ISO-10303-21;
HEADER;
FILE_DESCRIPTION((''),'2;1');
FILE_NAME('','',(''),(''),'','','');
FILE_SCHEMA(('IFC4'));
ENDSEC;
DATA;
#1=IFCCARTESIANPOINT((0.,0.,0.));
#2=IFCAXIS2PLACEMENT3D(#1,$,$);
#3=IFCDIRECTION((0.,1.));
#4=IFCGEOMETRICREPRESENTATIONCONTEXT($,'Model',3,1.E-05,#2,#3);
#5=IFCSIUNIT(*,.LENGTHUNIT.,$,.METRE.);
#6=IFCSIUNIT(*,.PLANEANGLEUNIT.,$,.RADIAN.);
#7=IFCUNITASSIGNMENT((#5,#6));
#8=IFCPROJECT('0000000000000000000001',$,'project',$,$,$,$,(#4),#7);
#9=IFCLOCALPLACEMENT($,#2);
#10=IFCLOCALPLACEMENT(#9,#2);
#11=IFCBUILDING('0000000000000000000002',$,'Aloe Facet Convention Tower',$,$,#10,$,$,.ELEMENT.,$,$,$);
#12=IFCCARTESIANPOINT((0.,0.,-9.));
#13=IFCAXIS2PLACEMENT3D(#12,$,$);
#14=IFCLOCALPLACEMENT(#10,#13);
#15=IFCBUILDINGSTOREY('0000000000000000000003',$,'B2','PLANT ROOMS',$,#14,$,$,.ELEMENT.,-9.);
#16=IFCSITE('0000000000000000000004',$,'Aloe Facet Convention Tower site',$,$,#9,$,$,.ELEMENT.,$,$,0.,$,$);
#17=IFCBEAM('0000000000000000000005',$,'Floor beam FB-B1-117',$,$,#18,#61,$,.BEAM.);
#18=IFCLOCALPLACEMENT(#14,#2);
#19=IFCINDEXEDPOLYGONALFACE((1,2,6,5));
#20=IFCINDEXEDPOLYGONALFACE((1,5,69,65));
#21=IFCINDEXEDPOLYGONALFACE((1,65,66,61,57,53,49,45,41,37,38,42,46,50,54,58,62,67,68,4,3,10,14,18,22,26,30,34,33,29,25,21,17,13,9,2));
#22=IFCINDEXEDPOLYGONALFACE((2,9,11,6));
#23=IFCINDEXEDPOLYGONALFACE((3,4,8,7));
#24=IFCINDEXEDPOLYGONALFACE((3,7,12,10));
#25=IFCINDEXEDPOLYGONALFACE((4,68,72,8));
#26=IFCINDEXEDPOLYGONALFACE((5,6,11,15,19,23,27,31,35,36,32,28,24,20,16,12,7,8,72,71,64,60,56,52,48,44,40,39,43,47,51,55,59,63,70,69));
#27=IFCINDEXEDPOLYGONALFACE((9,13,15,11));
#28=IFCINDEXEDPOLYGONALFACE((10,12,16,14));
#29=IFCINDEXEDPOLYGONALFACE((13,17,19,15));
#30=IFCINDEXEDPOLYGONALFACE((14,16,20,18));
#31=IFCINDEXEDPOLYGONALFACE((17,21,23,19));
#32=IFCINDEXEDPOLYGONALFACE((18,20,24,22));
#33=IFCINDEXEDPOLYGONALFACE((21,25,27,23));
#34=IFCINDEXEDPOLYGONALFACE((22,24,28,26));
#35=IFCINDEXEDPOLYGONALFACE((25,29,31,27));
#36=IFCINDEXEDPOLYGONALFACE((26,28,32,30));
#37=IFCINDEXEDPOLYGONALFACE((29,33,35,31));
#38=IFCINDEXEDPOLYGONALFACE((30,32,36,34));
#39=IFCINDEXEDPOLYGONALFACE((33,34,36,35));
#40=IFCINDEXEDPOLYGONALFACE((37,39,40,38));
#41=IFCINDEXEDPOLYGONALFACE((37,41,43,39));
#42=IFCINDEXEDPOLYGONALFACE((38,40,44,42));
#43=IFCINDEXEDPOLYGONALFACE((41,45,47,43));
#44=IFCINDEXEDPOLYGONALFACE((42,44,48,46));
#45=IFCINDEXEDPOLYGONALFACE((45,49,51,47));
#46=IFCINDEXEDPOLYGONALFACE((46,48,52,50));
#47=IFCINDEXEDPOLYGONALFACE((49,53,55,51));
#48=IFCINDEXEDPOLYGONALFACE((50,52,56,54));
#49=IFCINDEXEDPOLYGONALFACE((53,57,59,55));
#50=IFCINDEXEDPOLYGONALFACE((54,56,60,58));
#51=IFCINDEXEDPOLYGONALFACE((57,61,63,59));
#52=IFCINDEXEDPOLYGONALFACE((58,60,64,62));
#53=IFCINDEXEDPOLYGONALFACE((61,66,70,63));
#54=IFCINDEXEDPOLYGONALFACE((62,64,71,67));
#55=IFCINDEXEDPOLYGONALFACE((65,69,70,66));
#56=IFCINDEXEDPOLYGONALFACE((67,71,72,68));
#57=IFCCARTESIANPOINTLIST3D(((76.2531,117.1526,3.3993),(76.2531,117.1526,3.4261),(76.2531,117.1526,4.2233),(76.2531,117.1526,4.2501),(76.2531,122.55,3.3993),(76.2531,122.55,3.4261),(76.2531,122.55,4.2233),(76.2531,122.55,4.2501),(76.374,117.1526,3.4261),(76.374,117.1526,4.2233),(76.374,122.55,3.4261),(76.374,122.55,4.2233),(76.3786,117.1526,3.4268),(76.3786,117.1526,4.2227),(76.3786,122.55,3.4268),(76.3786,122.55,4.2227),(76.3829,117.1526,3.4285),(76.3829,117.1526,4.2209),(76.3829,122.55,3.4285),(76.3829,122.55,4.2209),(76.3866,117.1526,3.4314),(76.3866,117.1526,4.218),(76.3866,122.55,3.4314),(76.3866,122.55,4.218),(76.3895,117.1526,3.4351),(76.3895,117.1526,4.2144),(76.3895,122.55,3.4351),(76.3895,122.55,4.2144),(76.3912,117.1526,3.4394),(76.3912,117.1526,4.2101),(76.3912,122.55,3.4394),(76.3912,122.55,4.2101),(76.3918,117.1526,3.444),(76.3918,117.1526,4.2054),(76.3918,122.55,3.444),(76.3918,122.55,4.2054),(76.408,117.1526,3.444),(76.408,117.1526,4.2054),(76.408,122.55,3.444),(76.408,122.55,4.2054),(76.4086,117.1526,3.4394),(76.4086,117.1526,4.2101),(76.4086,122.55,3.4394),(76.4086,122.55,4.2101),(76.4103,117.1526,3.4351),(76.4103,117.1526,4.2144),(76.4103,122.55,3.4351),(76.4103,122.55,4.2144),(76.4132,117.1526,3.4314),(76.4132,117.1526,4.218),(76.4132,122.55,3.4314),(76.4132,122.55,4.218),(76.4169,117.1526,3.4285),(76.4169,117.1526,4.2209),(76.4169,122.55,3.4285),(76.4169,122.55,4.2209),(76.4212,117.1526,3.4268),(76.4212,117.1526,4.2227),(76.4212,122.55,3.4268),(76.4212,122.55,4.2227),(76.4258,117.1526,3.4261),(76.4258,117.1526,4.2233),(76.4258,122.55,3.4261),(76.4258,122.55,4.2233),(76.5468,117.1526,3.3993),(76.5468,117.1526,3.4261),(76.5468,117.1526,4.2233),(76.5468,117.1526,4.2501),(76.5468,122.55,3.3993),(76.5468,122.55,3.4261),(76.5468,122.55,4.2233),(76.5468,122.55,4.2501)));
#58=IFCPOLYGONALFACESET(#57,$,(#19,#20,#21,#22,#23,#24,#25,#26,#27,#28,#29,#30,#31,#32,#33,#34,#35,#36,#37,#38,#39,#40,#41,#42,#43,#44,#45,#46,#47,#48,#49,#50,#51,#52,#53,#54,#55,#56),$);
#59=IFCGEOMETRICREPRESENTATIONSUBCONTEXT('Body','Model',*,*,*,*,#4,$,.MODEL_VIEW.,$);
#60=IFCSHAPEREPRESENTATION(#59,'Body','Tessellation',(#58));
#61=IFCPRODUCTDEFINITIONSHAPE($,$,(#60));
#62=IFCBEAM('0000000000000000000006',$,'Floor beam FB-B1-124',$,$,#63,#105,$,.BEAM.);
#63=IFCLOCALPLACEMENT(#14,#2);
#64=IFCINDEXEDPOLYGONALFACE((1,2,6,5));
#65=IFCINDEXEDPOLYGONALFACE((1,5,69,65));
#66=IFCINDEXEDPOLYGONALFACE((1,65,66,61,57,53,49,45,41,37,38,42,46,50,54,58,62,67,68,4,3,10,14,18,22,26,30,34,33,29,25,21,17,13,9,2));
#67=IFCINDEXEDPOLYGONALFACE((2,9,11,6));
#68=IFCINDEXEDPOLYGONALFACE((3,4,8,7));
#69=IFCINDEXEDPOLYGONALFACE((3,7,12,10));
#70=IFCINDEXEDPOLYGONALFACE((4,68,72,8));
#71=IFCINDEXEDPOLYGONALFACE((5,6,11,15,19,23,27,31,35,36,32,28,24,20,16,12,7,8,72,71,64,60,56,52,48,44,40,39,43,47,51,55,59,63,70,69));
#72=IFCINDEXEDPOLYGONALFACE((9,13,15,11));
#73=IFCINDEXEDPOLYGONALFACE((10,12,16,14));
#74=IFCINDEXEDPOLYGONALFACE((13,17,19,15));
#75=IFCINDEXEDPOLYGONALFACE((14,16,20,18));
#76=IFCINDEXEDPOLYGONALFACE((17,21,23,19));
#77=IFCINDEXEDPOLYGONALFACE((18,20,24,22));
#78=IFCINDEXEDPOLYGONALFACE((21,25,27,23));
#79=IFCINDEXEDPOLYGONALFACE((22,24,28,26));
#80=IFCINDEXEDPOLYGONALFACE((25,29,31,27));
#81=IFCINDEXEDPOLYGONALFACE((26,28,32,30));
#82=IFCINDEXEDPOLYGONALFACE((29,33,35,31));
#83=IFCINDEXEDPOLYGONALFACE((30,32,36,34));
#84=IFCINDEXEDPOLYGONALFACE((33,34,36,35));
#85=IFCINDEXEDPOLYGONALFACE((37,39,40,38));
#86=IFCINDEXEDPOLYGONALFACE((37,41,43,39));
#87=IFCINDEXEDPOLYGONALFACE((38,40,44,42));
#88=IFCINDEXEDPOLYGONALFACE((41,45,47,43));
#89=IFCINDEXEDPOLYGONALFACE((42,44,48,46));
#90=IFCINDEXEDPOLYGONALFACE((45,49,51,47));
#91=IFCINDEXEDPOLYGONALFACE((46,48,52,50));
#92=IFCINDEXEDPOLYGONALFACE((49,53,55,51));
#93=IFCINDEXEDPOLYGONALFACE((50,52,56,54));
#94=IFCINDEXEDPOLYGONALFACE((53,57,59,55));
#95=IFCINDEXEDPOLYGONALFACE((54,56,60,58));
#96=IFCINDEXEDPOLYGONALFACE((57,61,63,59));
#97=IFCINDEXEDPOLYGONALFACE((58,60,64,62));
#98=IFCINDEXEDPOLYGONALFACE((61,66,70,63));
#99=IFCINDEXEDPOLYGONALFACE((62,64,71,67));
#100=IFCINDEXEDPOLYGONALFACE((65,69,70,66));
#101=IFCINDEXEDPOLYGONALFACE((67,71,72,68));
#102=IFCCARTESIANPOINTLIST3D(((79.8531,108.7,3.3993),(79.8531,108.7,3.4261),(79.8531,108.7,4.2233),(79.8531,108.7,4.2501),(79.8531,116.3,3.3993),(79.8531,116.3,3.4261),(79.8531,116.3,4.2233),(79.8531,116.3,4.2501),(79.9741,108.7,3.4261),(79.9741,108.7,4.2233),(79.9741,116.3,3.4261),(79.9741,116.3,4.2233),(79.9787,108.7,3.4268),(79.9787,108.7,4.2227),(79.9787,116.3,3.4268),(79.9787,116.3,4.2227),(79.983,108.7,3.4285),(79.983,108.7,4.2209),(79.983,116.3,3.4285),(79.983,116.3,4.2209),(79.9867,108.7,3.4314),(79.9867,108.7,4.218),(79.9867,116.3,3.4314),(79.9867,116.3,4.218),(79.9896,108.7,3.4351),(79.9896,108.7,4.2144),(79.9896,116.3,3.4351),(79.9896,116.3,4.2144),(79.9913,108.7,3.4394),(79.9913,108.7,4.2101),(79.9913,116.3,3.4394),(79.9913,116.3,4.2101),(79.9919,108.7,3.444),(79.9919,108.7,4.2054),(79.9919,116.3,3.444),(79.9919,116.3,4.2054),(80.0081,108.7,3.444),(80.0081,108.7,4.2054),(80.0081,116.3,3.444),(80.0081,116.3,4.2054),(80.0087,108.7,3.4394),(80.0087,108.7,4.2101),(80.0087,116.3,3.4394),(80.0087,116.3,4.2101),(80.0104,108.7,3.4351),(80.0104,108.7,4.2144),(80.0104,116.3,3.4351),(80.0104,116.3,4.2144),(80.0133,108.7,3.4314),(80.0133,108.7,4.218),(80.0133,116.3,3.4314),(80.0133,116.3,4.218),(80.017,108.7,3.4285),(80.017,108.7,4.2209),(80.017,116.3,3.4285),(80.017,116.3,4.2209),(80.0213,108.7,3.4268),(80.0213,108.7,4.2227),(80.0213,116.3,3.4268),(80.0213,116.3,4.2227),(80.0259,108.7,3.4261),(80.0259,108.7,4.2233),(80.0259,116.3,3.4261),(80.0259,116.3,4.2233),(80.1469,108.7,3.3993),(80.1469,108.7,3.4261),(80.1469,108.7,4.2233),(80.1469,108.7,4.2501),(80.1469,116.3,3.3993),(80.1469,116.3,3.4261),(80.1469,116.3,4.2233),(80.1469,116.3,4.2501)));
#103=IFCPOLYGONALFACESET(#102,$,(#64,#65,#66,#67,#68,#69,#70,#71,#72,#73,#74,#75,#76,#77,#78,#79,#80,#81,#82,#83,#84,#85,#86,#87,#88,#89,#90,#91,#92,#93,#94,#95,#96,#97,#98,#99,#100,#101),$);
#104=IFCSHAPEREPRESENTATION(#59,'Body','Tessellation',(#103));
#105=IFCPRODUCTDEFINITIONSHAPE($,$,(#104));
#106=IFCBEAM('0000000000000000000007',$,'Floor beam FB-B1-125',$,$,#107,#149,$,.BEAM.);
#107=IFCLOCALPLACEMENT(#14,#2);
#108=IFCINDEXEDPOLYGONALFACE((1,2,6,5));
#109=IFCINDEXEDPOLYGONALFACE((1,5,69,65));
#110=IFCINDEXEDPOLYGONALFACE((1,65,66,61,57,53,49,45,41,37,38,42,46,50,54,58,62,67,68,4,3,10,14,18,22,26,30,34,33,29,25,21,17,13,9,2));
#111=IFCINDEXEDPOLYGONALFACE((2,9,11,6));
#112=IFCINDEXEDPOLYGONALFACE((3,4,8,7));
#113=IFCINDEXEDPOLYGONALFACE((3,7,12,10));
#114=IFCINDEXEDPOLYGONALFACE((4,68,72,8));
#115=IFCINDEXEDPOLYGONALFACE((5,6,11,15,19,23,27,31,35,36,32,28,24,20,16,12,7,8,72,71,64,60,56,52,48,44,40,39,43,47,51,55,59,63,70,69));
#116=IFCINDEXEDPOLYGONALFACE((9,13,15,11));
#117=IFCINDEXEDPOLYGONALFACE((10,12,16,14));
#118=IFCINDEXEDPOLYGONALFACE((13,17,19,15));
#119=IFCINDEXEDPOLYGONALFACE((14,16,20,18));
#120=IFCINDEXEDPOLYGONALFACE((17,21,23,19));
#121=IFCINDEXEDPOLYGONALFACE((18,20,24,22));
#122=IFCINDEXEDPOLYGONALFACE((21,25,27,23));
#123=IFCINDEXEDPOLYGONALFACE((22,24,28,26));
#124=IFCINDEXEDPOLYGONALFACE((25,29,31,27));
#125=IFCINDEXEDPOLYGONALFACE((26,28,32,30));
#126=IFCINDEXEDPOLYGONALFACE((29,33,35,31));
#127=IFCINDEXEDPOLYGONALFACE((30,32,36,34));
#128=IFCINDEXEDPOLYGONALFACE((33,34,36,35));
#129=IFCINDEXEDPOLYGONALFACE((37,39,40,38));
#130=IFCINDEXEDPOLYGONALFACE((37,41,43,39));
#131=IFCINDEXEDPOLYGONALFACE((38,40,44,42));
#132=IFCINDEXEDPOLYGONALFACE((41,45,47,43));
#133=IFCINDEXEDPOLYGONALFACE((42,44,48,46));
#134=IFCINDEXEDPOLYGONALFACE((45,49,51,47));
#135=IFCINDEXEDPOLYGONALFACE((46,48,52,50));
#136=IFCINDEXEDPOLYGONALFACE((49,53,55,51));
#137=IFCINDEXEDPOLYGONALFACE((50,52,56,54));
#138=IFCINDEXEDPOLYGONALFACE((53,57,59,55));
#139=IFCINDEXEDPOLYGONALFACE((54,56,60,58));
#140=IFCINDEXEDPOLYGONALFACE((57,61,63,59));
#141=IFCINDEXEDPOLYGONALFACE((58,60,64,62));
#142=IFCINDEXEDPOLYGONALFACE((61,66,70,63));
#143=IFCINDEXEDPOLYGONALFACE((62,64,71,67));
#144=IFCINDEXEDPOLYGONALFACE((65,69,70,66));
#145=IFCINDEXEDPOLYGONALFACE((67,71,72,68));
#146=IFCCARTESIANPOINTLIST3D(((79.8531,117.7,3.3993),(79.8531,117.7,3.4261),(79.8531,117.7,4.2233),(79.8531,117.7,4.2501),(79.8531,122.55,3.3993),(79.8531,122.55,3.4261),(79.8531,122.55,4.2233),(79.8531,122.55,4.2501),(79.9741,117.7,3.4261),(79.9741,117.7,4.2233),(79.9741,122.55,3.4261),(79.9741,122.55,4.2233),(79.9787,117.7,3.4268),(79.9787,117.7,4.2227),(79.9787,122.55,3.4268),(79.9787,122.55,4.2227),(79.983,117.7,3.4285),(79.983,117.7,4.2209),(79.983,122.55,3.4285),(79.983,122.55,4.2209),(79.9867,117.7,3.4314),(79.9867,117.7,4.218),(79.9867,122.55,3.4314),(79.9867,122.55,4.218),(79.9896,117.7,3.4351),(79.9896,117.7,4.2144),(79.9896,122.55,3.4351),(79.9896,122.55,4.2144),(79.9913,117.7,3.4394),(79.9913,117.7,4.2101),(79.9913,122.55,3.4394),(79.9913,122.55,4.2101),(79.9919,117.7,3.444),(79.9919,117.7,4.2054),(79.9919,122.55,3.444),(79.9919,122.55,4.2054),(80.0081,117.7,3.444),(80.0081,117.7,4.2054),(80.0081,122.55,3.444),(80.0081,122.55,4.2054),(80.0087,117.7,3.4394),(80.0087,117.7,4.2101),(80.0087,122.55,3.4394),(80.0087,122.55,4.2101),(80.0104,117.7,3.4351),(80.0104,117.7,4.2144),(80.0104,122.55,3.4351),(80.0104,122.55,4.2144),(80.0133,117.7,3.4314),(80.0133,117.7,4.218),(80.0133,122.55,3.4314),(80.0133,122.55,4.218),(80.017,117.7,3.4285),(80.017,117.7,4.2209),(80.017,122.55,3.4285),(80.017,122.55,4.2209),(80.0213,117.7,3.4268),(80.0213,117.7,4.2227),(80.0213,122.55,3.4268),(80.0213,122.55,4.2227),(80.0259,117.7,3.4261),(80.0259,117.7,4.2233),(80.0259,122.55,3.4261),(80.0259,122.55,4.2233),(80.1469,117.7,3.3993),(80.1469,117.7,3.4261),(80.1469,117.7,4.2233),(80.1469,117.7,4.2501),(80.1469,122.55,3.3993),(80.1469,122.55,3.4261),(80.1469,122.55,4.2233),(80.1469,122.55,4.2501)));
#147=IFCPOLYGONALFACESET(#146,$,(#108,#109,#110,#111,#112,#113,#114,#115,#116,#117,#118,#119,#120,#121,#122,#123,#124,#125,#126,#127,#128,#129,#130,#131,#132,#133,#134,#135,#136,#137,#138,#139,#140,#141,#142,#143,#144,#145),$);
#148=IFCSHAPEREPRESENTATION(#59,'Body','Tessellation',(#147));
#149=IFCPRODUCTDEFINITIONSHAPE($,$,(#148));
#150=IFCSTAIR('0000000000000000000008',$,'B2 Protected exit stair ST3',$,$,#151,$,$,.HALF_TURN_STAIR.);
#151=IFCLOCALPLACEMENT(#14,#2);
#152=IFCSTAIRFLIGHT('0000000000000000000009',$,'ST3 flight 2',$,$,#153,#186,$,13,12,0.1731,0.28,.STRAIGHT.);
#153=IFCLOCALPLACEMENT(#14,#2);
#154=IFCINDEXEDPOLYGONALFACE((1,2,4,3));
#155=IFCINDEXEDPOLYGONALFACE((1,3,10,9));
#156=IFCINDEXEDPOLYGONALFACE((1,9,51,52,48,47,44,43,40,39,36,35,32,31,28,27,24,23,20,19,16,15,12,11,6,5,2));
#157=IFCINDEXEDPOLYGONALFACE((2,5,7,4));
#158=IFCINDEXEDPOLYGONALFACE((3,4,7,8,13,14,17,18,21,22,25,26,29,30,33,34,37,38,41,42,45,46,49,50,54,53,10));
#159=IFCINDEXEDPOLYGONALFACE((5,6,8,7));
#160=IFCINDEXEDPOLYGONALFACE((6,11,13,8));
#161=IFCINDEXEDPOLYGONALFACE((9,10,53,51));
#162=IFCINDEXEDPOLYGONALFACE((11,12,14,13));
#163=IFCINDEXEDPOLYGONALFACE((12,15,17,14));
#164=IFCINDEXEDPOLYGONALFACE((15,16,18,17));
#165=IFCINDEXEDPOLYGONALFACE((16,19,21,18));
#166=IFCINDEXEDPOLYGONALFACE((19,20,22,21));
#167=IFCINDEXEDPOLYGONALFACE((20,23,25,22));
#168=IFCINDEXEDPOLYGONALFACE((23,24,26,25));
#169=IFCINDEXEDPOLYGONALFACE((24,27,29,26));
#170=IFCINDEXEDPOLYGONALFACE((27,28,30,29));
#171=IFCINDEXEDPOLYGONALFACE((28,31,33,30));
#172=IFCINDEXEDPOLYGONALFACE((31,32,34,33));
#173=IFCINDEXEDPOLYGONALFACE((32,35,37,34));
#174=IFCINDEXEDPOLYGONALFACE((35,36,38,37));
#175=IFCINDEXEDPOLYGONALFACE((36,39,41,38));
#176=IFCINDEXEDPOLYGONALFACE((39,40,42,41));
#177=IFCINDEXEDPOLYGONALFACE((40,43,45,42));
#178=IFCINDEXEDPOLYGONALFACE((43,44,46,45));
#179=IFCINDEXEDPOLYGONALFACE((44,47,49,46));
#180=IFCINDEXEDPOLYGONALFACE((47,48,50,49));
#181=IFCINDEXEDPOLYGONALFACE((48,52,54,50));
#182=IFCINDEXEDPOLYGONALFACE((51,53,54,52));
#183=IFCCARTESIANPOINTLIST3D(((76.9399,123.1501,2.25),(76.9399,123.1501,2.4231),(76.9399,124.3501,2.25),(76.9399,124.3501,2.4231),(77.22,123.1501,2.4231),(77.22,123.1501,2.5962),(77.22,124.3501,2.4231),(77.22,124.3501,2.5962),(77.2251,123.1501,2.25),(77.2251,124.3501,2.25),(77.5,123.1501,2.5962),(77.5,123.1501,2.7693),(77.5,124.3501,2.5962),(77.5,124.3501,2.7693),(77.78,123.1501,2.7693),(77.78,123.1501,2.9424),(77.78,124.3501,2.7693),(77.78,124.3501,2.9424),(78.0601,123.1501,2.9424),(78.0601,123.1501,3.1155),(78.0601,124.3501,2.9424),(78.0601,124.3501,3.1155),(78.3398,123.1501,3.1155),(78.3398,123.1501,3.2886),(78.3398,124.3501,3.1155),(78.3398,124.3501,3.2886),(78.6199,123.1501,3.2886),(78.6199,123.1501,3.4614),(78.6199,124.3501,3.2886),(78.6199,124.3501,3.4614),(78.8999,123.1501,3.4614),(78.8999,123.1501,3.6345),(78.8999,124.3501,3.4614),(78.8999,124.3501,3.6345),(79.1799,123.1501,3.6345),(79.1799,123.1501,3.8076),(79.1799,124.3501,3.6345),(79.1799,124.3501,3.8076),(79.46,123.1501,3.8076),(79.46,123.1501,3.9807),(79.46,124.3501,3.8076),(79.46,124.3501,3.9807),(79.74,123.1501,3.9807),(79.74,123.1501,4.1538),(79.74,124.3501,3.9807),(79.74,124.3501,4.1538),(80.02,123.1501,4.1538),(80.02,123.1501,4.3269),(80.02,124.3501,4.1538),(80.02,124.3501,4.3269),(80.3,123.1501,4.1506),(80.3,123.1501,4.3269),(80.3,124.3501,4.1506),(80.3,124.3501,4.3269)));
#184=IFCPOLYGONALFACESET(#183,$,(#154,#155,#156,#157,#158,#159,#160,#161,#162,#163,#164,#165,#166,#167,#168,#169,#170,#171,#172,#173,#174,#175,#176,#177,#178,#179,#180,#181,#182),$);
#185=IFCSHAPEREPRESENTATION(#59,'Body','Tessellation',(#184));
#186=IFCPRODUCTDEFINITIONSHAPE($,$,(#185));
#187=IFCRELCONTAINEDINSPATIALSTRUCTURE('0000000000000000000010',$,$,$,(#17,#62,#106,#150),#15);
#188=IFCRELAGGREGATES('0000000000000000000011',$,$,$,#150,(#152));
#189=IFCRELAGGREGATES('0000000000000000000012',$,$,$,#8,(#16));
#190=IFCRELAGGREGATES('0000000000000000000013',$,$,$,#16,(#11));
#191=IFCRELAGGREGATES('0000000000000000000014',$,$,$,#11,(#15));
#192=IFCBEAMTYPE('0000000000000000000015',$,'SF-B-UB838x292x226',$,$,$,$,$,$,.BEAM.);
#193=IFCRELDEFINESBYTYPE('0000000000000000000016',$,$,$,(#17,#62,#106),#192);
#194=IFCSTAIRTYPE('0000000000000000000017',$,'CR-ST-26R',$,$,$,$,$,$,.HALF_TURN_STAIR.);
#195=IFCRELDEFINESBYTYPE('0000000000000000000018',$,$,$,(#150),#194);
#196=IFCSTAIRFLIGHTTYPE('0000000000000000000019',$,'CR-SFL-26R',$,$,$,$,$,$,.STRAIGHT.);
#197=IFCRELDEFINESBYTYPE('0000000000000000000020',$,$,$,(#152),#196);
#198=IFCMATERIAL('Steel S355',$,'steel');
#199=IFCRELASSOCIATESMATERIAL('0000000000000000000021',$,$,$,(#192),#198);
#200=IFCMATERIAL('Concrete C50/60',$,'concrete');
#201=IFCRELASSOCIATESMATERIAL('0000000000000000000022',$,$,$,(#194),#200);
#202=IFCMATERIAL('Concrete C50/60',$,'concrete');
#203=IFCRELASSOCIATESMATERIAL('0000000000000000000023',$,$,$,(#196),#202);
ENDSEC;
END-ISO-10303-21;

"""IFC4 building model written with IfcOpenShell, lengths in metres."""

from ifc_helpers import new_model, si_unit, direction, frame, origin, origin_2d, place, context, subcontext, project, spatial, polyline, i_section, outline, extrude, material, material_profile, profile_set, type_object, element, aggregate, save


model = new_model("IFC4")

# Units and contexts
model_context = context("Model", 3, precision=1e-05, world=origin(), true_north=direction((0.0, 1.0)))
body_context = subcontext(model_context, "Body", "Model", "MODEL_VIEW")
ifc_project = project(units=[si_unit("LENGTHUNIT", "METRE"), si_unit("PLANEANGLEUNIT", "RADIAN")], contexts=[model_context])

# Site, building, storey
site_placement = place(None, origin())
site = spatial("IfcSite", under=ifc_project, at=site_placement, Name="Aloe Facet Convention Tower site", CompositionType="ELEMENT", RefElevation=0.0)
building_placement = place(site_placement, origin())
building = spatial("IfcBuilding", under=site, at=building_placement, Name="Aloe Facet Convention Tower", CompositionType="ELEMENT")
storey_placement = place(building_placement, frame((0.0, 0.0, -9.0)))
storey = spatial("IfcBuildingStorey", under=building, at=storey_placement, Name="B2", Description="PLANT ROOMS", CompositionType="ELEMENT", Elevation=-9.0)

# Beams
ifc_material_1 = material(Name="Steel S355", Category="steel")
ifc_material_profile_1 = material_profile(ifc_material_1, i_section(OverallWidth=0.2937, OverallDepth=0.8508, WebThickness=0.0161, FlangeThickness=0.0269, FilletRadius=0.0178, at=origin_2d()), Name="UB 838x292x226")
ifc_profile_set_1 = profile_set([ifc_material_profile_1], Name="Steel S355")
beam_type = type_object("IfcBeamType", Name="SF-B-UB838x292x226", PredefinedType="BEAM", material=ifc_profile_set_1)
for number, where, z_axis, x_axis, name in (
    (1, (76.3999, 117.1526, 3.8247), (0.0, 1.0, 0.0), (-1.0, 0.0, 0.0), "Floor beam FB-B1-117"),
):
    element("IfcBeam", number, at=place(storey_placement, frame(where, z_axis=z_axis, x_axis=x_axis)), inside=storey, type_object=beam_type, Name=name, PredefinedType="BEAM", context=body_context, shape_type="SweptSolid", body=[
        extrude(i_section(OverallWidth=0.2937, OverallDepth=0.8508, WebThickness=0.0161, FlangeThickness=0.0269, FilletRadius=0.0178, at=origin_2d()), origin(), (0.0, 0.0, 1.0), 5.3975),
    ])
beam_1_placement = place(storey_placement, frame((80.0, 108.7, 3.8247), z_axis=(0.0, 1.0, 0.0), x_axis=(-1.0, 0.0, 0.0)))
element("IfcBeam", 2, at=beam_1_placement, inside=storey, type_object=beam_type, Name="Floor beam FB-B1-124", PredefinedType="BEAM", context=body_context, shape_type="SweptSolid", body=[
    extrude(i_section(OverallWidth=0.2937, OverallDepth=0.8508, WebThickness=0.0161, FlangeThickness=0.0269, FilletRadius=0.0178, at=origin_2d()), origin(), (0.0, 0.0, 1.0), 7.6001),
])
beam_2_placement = place(storey_placement, frame((80.0, 117.7, 3.8247), z_axis=(0.0, 1.0, 0.0), x_axis=(-1.0, 0.0, 0.0)))
element("IfcBeam", 3, at=beam_2_placement, inside=storey, type_object=beam_type, Name="Floor beam FB-B1-125", PredefinedType="BEAM", context=body_context, shape_type="SweptSolid", body=[
    extrude(i_section(OverallWidth=0.2937, OverallDepth=0.8508, WebThickness=0.0161, FlangeThickness=0.0269, FilletRadius=0.0178, at=origin_2d()), origin(), (0.0, 0.0, 1.0), 4.8501),
])

# Stair, stair flight
ifc_material_2 = material(Name="Concrete C50/60", Category="concrete")
stair_type = type_object("IfcStairType", Name="CR-ST-26R", PredefinedType="HALF_TURN_STAIR", material=ifc_material_2)
stair_placement = place(storey_placement, origin())
stair = element("IfcStair", 4, at=stair_placement, inside=storey, type_object=stair_type, Name="B2 Protected exit stair ST3", PredefinedType="HALF_TURN_STAIR")
ifc_material_3 = material(Name="Concrete C50/60", Category="concrete")
stair_flight_type = type_object("IfcStairFlightType", Name="CR-SFL-26R", PredefinedType="STRAIGHT", material=ifc_material_3)
stair_flight_placement = place(storey_placement, frame((76.9399, 123.75, 2.25), z_axis=(0.0, 0.0, 1.0), x_axis=(1.0, 0.0, 0.0)))
stair_flight = element("IfcStairFlight", 5, at=stair_flight_placement, type_object=stair_flight_type, Name="ST3 flight 2", NumberOfRisers=13, NumberOfTreads=12, PredefinedType="STRAIGHT", RiserHeight=0.1731, TreadLength=0.28, context=body_context, shape_type="SweptSolid", body=[
    extrude(outline(polyline([(0.0, 0.0), (0.0, 0.1731), (0.28, 0.1731), (0.28, 0.3462), (0.5601, 0.3462), (0.5601, 0.5193), (0.8401, 0.5193), (0.8401, 0.6924), (1.1201, 0.6924), (1.1201, 0.8655), (1.3999, 0.8655), (1.3999, 1.0386), (1.6799, 1.0386), (1.6799, 1.2114), (1.96, 1.2114), (1.96, 1.3845), (2.24, 1.3845), (2.24, 1.5576), (2.52, 1.5576), (2.52, 1.7307), (2.8, 1.7307), (2.8, 1.9038), (3.0801, 1.9038), (3.0801, 2.0769), (3.3601, 2.0769), (3.3601, 2.25), (3.3601, 1.9006), (0.2852, 0.0), (0.0, 0.0)])), frame((0.0, 0.6001, 0.0), z_axis=(0.0, -1.0, 0.0), x_axis=(1.0, 0.0, 0.0)), (0.0, 0.0, 1.0), 1.2),
])
aggregate(stair, [stair_flight])

save(model, "model.ifc")
